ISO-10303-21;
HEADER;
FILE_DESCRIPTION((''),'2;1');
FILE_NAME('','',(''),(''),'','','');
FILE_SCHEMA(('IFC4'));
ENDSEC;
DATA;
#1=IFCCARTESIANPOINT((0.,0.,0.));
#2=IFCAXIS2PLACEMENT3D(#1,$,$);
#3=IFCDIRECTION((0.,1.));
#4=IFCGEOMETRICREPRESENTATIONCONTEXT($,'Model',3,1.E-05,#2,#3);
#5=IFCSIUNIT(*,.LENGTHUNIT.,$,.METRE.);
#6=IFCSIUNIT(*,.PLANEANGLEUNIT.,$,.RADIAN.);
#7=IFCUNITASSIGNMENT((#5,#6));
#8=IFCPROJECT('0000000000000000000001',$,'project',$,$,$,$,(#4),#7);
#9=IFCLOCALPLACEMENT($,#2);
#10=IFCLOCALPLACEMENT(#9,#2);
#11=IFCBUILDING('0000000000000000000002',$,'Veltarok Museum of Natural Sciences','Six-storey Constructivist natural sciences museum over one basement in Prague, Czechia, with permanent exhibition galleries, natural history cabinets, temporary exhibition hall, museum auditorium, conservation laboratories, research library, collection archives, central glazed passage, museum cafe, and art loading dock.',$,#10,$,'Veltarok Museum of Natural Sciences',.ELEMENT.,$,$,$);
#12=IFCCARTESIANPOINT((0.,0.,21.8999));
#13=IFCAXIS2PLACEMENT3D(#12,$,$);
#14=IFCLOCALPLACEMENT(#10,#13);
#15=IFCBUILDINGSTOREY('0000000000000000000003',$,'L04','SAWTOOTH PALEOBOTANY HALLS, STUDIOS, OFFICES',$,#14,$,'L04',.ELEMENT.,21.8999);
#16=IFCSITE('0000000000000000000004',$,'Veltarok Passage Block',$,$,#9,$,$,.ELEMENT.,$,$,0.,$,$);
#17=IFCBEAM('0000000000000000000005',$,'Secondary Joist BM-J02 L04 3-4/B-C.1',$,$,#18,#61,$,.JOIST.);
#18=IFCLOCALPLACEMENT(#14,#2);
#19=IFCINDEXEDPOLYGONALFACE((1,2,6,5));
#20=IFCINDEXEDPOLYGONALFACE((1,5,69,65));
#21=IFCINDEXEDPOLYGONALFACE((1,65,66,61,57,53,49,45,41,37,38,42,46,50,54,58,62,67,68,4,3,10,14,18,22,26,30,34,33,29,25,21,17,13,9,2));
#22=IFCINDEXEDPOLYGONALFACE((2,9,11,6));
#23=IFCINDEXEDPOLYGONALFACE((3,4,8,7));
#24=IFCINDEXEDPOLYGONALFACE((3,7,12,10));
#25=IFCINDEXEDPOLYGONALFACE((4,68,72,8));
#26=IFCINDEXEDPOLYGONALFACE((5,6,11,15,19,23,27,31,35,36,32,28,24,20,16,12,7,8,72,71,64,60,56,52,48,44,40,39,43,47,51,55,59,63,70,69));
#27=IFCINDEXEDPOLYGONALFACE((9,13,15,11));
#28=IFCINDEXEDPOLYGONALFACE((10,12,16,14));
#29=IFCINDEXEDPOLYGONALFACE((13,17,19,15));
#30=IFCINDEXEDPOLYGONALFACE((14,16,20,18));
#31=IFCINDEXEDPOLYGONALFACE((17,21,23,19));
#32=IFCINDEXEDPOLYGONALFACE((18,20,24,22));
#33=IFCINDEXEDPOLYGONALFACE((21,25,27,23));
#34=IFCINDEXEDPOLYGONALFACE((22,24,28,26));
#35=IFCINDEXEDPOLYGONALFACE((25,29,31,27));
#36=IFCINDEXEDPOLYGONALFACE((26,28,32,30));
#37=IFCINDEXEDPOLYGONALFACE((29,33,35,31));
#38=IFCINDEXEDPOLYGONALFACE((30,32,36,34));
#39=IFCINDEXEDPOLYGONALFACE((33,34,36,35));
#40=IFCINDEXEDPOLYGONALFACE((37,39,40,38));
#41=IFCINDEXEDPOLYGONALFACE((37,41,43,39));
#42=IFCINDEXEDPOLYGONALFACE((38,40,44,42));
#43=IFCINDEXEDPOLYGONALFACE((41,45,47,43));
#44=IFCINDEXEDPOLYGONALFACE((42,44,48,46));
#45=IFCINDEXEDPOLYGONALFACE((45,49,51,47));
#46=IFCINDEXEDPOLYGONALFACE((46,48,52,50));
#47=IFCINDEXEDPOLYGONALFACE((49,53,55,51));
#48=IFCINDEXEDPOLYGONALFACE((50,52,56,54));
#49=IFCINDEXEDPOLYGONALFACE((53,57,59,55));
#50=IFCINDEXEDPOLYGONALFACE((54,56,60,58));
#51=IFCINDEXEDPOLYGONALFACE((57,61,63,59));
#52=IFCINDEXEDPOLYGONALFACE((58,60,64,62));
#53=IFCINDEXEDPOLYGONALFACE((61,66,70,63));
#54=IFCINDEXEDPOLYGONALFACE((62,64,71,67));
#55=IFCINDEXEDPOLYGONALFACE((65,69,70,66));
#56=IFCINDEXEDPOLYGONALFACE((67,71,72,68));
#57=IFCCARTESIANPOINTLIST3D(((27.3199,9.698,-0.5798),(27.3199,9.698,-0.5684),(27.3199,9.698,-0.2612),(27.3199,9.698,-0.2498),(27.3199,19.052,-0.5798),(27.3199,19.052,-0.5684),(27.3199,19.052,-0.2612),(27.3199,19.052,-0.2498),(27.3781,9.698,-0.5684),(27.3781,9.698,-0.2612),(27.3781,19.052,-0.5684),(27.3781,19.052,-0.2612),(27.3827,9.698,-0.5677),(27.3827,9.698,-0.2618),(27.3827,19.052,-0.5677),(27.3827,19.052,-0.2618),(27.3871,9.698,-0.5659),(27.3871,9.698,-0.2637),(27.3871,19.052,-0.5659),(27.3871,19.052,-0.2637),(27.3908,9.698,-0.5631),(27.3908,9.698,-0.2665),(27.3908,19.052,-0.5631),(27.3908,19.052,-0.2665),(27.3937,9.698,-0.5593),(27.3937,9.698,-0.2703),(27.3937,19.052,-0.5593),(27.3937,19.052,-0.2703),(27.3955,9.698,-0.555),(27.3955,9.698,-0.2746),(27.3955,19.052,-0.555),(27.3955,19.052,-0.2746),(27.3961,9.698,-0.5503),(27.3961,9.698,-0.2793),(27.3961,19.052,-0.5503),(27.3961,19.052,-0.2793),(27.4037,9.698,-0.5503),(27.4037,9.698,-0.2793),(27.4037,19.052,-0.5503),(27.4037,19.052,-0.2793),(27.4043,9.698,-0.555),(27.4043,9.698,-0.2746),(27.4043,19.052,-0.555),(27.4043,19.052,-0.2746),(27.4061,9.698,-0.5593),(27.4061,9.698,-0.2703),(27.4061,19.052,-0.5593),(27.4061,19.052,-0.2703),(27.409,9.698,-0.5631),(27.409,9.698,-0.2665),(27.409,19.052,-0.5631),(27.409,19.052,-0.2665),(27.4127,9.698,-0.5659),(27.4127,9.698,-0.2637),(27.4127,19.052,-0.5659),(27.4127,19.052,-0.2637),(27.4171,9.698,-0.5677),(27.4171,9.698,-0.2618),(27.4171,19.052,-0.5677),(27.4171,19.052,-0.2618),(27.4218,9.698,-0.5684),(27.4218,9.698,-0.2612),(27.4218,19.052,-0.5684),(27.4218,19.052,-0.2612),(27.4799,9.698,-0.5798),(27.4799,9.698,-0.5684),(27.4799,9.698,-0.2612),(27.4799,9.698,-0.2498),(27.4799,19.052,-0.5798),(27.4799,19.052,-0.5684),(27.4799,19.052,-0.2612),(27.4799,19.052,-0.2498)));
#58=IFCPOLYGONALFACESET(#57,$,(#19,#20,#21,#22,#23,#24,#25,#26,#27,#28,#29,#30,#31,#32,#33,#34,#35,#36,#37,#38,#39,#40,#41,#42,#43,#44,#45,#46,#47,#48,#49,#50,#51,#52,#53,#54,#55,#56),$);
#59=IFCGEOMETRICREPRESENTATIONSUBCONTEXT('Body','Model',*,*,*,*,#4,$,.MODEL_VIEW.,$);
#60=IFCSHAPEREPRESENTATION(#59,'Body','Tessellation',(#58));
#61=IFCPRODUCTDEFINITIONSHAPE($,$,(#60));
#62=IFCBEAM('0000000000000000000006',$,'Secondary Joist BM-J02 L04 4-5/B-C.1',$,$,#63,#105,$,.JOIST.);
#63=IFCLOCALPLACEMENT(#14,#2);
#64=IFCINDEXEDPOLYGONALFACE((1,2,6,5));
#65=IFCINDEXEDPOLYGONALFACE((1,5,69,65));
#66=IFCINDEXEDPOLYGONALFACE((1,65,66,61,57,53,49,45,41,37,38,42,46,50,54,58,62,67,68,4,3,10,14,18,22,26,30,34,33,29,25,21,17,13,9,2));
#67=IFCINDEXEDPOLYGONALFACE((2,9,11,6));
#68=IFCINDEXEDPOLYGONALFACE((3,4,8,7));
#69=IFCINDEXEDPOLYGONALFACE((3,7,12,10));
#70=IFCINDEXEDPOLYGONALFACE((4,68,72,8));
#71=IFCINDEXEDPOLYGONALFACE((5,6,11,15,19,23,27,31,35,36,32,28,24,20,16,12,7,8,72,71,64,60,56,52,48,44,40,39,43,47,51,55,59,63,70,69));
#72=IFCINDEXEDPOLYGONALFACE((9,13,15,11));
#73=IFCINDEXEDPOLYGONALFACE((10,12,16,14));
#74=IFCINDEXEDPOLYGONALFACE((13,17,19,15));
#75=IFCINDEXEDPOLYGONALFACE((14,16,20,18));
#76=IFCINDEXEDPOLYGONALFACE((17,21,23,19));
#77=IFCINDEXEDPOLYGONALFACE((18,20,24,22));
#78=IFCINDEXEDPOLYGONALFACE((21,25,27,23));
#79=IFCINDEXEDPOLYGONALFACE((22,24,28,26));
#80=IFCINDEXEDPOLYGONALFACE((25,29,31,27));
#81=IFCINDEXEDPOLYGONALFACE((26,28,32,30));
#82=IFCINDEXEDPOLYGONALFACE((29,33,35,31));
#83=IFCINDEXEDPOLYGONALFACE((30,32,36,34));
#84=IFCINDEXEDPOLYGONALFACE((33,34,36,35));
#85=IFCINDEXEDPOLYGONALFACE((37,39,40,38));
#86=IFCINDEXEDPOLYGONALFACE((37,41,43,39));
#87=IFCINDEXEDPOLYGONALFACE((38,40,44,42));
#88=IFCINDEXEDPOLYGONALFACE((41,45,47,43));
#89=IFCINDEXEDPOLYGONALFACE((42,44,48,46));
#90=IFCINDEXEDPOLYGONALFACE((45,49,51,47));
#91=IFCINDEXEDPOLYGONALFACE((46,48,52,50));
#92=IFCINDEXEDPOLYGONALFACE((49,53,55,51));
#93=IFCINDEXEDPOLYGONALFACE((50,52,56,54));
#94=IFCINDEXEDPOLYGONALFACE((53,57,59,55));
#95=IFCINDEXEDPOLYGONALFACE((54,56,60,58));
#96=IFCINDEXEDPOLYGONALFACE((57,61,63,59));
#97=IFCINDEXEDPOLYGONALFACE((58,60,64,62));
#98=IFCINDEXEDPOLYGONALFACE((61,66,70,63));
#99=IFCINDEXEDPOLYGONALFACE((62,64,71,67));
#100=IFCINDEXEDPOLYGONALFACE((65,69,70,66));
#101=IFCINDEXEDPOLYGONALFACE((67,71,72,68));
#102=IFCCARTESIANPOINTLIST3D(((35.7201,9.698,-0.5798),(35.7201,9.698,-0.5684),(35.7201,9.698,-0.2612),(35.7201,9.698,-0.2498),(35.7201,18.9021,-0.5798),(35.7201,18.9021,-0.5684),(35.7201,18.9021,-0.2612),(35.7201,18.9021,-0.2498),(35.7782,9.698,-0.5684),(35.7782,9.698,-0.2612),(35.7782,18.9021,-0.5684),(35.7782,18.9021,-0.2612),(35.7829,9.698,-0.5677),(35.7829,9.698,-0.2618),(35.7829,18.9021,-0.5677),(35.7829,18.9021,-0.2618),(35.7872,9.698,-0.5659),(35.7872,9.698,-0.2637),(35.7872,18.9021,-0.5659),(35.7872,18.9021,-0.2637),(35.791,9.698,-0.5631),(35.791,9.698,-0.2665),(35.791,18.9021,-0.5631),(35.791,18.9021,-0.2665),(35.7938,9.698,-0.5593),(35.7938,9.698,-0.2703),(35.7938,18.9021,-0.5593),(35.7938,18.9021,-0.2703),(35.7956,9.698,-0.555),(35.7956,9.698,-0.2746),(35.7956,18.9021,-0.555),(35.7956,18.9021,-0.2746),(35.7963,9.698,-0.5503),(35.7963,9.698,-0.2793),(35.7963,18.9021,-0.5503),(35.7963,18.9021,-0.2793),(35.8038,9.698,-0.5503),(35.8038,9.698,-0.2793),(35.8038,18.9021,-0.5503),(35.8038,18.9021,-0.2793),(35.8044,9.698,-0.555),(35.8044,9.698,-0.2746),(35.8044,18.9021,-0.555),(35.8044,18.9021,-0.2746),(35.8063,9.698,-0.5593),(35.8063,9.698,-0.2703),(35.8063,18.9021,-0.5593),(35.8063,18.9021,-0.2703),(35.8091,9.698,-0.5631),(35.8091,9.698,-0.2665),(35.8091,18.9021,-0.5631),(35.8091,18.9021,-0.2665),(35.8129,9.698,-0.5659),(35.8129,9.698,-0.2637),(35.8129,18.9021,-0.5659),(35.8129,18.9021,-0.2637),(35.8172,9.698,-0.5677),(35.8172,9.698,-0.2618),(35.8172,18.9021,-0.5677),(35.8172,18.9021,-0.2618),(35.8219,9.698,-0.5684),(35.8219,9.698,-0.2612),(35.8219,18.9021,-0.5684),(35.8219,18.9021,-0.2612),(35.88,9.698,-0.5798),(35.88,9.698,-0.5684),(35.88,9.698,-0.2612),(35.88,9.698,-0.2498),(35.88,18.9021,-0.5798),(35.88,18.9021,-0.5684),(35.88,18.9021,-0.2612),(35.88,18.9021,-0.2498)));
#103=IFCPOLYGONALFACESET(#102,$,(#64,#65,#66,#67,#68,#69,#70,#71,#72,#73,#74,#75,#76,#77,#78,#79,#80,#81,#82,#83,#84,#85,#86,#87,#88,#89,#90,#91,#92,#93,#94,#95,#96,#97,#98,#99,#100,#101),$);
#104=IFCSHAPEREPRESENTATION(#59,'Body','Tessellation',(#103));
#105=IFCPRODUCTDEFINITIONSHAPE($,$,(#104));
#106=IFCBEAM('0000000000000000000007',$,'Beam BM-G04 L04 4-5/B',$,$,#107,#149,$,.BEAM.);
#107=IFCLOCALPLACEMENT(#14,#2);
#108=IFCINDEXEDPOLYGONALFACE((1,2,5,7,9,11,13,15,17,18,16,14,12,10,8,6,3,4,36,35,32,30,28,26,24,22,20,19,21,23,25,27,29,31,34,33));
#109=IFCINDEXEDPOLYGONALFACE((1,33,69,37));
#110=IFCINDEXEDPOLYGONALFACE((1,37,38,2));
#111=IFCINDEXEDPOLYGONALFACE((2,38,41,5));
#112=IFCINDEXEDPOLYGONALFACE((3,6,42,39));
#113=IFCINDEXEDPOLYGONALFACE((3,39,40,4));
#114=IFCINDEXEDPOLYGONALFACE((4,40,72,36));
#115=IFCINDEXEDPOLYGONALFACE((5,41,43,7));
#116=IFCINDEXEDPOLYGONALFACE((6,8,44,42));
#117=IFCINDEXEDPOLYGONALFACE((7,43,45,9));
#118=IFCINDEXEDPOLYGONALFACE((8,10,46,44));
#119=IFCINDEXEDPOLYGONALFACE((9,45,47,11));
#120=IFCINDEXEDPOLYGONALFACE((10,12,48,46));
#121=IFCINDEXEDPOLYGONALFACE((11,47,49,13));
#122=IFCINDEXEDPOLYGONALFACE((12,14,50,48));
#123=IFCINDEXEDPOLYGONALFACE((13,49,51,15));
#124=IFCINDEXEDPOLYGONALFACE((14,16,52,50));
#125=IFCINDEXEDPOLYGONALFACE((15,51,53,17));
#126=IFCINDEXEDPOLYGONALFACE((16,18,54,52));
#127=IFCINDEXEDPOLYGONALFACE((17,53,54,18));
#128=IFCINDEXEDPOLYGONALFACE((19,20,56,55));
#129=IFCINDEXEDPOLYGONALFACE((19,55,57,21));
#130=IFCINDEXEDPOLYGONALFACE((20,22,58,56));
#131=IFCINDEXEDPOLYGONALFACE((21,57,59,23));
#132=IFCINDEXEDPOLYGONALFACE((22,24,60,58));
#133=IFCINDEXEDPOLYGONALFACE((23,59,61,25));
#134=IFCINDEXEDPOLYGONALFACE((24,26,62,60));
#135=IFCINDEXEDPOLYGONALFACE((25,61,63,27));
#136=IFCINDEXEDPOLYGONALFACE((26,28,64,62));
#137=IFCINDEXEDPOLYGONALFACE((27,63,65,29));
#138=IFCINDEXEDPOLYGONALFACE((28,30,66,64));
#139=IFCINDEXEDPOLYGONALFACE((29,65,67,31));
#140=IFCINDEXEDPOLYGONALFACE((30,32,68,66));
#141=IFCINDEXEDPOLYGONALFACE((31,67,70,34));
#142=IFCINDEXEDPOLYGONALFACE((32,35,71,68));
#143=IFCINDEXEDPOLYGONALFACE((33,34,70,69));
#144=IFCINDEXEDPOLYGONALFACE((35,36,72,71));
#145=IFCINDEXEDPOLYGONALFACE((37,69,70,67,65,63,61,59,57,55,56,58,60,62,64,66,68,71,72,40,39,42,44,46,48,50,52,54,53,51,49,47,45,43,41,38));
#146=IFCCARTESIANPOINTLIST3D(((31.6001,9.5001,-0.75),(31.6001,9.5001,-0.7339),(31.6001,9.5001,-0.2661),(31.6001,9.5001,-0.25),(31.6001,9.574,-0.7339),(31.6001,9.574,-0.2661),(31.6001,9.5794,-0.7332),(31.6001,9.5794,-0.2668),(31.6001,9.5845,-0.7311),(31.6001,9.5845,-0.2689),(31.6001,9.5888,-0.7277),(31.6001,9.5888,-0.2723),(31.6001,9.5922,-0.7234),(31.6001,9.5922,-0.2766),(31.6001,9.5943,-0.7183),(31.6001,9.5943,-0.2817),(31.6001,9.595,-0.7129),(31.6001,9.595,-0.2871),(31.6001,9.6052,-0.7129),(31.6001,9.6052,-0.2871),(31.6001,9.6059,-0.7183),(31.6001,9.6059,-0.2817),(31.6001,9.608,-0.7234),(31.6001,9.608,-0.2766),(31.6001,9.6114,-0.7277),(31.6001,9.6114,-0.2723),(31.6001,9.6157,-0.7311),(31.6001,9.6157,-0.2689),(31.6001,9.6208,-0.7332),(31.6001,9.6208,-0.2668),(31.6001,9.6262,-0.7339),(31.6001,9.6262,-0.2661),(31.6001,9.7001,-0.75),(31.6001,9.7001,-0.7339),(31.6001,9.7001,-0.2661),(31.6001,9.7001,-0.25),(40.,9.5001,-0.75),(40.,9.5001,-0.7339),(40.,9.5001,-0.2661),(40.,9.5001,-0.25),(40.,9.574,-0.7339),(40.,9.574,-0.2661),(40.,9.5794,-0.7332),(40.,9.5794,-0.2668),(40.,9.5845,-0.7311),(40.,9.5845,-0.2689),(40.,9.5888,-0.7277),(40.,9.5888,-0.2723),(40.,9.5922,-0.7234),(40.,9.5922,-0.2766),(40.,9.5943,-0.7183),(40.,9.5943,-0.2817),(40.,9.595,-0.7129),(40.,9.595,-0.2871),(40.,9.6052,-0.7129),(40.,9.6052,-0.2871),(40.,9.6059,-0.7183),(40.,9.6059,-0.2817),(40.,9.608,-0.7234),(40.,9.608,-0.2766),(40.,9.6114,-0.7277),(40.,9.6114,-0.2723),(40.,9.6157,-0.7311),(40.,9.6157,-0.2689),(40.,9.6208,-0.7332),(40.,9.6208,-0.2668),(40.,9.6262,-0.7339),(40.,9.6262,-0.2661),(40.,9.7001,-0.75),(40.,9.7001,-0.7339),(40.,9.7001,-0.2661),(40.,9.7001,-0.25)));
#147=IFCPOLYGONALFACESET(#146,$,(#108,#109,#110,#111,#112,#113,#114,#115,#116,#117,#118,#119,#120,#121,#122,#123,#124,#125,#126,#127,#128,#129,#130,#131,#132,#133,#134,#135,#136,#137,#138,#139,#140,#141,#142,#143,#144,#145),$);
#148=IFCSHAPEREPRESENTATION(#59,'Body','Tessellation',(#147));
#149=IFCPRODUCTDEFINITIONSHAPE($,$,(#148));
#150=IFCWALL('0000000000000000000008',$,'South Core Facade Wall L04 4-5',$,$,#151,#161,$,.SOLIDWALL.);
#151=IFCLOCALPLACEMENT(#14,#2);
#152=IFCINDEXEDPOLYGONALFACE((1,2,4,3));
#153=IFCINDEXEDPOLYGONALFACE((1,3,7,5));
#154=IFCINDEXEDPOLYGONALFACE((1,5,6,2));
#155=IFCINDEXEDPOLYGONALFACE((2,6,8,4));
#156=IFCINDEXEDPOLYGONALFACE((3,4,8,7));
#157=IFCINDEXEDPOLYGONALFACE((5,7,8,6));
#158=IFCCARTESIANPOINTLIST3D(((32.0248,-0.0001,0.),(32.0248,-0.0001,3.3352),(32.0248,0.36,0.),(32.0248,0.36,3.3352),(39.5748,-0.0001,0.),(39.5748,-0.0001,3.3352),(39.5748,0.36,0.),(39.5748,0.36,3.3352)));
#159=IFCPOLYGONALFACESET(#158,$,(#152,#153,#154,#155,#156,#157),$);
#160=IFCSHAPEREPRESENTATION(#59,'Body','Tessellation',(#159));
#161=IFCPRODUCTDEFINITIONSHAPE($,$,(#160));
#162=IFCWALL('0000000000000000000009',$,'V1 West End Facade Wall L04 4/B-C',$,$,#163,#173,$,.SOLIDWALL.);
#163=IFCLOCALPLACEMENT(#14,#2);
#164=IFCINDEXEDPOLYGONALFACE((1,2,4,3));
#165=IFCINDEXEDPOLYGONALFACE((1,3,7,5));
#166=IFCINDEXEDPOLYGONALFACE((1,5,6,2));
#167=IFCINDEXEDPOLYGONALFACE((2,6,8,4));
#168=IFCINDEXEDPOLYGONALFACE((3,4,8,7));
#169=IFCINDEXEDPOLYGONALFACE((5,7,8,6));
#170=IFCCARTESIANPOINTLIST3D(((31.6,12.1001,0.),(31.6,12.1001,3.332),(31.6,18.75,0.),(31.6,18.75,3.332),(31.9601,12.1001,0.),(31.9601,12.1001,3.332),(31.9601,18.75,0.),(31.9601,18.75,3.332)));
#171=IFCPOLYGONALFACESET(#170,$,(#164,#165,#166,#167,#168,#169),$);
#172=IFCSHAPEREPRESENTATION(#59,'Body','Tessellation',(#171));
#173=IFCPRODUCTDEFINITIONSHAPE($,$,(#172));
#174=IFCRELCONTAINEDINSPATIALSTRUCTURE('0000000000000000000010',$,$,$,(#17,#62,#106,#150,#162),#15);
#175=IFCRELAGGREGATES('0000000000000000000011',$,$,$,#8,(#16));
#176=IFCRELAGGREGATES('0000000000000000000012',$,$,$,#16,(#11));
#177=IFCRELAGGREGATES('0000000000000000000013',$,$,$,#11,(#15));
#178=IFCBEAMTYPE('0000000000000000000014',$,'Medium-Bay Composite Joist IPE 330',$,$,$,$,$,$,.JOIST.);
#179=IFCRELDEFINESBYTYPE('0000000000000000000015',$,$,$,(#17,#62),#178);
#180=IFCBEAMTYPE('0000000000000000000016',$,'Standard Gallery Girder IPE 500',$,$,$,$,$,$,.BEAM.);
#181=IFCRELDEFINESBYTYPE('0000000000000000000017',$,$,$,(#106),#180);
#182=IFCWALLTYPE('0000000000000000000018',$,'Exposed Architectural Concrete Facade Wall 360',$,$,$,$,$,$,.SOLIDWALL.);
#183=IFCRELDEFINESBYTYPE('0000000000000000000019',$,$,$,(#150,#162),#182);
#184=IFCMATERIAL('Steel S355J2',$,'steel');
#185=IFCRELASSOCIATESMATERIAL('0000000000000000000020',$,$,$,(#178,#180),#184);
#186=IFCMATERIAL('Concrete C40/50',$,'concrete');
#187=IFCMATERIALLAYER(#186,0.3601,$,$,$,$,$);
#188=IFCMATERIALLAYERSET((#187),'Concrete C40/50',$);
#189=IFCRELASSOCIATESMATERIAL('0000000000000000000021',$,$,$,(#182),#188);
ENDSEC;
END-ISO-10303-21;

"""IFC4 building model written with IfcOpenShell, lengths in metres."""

from ifc_helpers import new_model, si_unit, direction, frame, frame_2d, origin, origin_2d, place, context, subcontext, project, spatial, rectangle, i_section, extrude, material, layer, layer_set, material_profile, profile_set, type_object, element, save


model = new_model("IFC4")

# Units and contexts
model_context = context("Model", 3, precision=1e-05, world=origin(), true_north=direction((0.0, 1.0)))
body_context = subcontext(model_context, "Body", "Model", "MODEL_VIEW")
ifc_project = project(units=[si_unit("LENGTHUNIT", "METRE"), si_unit("PLANEANGLEUNIT", "RADIAN")], contexts=[model_context])

# Site, building, storey
site_placement = place(None, origin())
site = spatial("IfcSite", under=ifc_project, at=site_placement, Name="Veltarok Passage Block", CompositionType="ELEMENT", RefElevation=0.0)
building_placement = place(site_placement, origin())
building = spatial("IfcBuilding", under=site, at=building_placement, Name="Veltarok Museum of Natural Sciences", Description="Six-storey Constructivist natural sciences museum over one basement in Prague, Czechia, with permanent exhibition galleries, natural history cabinets, temporary exhibition hall, museum auditorium, conservation laboratories, research library, collection archives, central glazed passage, museum cafe, and art loading dock.", LongName="Veltarok Museum of Natural Sciences", CompositionType="ELEMENT")
storey_placement = place(building_placement, frame((0.0, 0.0, 21.8999)))
storey = spatial("IfcBuildingStorey", under=building, at=storey_placement, Name="L04", Description="SAWTOOTH PALEOBOTANY HALLS, STUDIOS, OFFICES", LongName="L04", CompositionType="ELEMENT", Elevation=21.8999)

# Shared definitions
ifc_material_1 = material(Name="Concrete C40/50", Category="concrete")
ifc_material_2 = material(Name="Steel S355J2", Category="steel")

# Beams
ifc_material_profile_1 = material_profile(ifc_material_2, i_section(OverallWidth=0.1599, OverallDepth=0.3301, WebThickness=0.0076, FlangeThickness=0.0115, FilletRadius=0.0181, at=origin_2d()), Name="IPE 330")
ifc_profile_set_1 = profile_set([ifc_material_profile_1], Name="Steel S355J2")
beam_type_1 = type_object("IfcBeamType", Name="Medium-Bay Composite Joist IPE 330", PredefinedType="JOIST", material=ifc_profile_set_1)
beam_1_placement = place(storey_placement, frame((27.3999, 9.698, -0.4148), z_axis=(0.0, 1.0, 0.0), x_axis=(-1.0, 0.0, 0.0)))
element("IfcBeam", 1, at=beam_1_placement, inside=storey, type_object=beam_type_1, Name="Secondary Joist BM-J02 L04 3-4/B-C.1", PredefinedType="JOIST", context=body_context, shape_type="SweptSolid", body=[
    extrude(i_section(OverallWidth=0.1599, OverallDepth=0.3301, WebThickness=0.0076, FlangeThickness=0.0115, FilletRadius=0.0181, at=origin_2d()), origin(), (0.0, 0.0, 1.0), 9.354),
])
beam_2_placement = place(storey_placement, frame((35.8, 9.698, -0.4148), z_axis=(0.0, 1.0, 0.0), x_axis=(-1.0, 0.0, 0.0)))
element("IfcBeam", 2, at=beam_2_placement, inside=storey, type_object=beam_type_1, Name="Secondary Joist BM-J02 L04 4-5/B-C.1", PredefinedType="JOIST", context=body_context, shape_type="SweptSolid", body=[
    extrude(i_section(OverallWidth=0.1599, OverallDepth=0.3301, WebThickness=0.0076, FlangeThickness=0.0115, FilletRadius=0.0181, at=origin_2d()), origin(), (0.0, 0.0, 1.0), 9.2041),
])
ifc_material_profile_2 = material_profile(ifc_material_2, i_section(OverallWidth=0.2, OverallDepth=0.5, WebThickness=0.0103, FlangeThickness=0.0161, FilletRadius=0.021, at=origin_2d()), Name="IPE 500")
ifc_profile_set_2 = profile_set([ifc_material_profile_2], Name="Steel S355J2")
beam_type_2 = type_object("IfcBeamType", Name="Standard Gallery Girder IPE 500", PredefinedType="BEAM", material=ifc_profile_set_2)
beam_3_placement = place(storey_placement, frame((31.6001, 9.6001, -0.5), z_axis=(1.0, 0.0, 0.0), x_axis=(0.0, 1.0, 0.0)))
element("IfcBeam", 3, at=beam_3_placement, inside=storey, type_object=beam_type_2, Name="Beam BM-G04 L04 4-5/B", PredefinedType="BEAM", context=body_context, shape_type="SweptSolid", body=[
    extrude(i_section(OverallWidth=0.2, OverallDepth=0.5, WebThickness=0.0103, FlangeThickness=0.0161, FilletRadius=0.021, at=origin_2d()), origin(), (0.0, 0.0, 1.0), 8.3999),
])

# Walls
ifc_layer_1 = layer(ifc_material_1, 0.3601)
ifc_layer_set_1 = layer_set([ifc_layer_1], Name="Concrete C40/50")
wall_type_1 = type_object("IfcWallType", Name="Exposed Architectural Concrete Facade Wall 360", PredefinedType="SOLIDWALL", material=ifc_layer_set_1)
wall_1_placement = place(storey_placement, frame((32.0249, 0.1799, 0.0), z_axis=(0.0, 0.0, 1.0), x_axis=(1.0, 0.0, 0.0)))
element("IfcWall", 4, at=wall_1_placement, inside=storey, type_object=wall_type_1, Name="South Core Facade Wall L04 4-5", PredefinedType="SOLIDWALL", context=body_context, shape_type="SweptSolid", body=[
    extrude(rectangle(XDim=7.55, YDim=0.3601, at=frame_2d((3.7749, 0.0))), origin(), (0.0, 0.0, 1.0), 3.3352),
])
wall_2_placement = place(storey_placement, frame((31.78, 18.75, 0.0), z_axis=(0.0, 0.0, 1.0), x_axis=(0.0, -1.0, 0.0)))
element("IfcWall", 5, at=wall_2_placement, inside=storey, type_object=wall_type_1, Name="V1 West End Facade Wall L04 4/B-C", PredefinedType="SOLIDWALL", context=body_context, shape_type="SweptSolid", body=[
    extrude(rectangle(XDim=6.6499, YDim=0.3601, at=frame_2d((3.325, 0.0))), origin(), (0.0, 0.0, 1.0), 3.332),
])

save(model, "model.ifc")
